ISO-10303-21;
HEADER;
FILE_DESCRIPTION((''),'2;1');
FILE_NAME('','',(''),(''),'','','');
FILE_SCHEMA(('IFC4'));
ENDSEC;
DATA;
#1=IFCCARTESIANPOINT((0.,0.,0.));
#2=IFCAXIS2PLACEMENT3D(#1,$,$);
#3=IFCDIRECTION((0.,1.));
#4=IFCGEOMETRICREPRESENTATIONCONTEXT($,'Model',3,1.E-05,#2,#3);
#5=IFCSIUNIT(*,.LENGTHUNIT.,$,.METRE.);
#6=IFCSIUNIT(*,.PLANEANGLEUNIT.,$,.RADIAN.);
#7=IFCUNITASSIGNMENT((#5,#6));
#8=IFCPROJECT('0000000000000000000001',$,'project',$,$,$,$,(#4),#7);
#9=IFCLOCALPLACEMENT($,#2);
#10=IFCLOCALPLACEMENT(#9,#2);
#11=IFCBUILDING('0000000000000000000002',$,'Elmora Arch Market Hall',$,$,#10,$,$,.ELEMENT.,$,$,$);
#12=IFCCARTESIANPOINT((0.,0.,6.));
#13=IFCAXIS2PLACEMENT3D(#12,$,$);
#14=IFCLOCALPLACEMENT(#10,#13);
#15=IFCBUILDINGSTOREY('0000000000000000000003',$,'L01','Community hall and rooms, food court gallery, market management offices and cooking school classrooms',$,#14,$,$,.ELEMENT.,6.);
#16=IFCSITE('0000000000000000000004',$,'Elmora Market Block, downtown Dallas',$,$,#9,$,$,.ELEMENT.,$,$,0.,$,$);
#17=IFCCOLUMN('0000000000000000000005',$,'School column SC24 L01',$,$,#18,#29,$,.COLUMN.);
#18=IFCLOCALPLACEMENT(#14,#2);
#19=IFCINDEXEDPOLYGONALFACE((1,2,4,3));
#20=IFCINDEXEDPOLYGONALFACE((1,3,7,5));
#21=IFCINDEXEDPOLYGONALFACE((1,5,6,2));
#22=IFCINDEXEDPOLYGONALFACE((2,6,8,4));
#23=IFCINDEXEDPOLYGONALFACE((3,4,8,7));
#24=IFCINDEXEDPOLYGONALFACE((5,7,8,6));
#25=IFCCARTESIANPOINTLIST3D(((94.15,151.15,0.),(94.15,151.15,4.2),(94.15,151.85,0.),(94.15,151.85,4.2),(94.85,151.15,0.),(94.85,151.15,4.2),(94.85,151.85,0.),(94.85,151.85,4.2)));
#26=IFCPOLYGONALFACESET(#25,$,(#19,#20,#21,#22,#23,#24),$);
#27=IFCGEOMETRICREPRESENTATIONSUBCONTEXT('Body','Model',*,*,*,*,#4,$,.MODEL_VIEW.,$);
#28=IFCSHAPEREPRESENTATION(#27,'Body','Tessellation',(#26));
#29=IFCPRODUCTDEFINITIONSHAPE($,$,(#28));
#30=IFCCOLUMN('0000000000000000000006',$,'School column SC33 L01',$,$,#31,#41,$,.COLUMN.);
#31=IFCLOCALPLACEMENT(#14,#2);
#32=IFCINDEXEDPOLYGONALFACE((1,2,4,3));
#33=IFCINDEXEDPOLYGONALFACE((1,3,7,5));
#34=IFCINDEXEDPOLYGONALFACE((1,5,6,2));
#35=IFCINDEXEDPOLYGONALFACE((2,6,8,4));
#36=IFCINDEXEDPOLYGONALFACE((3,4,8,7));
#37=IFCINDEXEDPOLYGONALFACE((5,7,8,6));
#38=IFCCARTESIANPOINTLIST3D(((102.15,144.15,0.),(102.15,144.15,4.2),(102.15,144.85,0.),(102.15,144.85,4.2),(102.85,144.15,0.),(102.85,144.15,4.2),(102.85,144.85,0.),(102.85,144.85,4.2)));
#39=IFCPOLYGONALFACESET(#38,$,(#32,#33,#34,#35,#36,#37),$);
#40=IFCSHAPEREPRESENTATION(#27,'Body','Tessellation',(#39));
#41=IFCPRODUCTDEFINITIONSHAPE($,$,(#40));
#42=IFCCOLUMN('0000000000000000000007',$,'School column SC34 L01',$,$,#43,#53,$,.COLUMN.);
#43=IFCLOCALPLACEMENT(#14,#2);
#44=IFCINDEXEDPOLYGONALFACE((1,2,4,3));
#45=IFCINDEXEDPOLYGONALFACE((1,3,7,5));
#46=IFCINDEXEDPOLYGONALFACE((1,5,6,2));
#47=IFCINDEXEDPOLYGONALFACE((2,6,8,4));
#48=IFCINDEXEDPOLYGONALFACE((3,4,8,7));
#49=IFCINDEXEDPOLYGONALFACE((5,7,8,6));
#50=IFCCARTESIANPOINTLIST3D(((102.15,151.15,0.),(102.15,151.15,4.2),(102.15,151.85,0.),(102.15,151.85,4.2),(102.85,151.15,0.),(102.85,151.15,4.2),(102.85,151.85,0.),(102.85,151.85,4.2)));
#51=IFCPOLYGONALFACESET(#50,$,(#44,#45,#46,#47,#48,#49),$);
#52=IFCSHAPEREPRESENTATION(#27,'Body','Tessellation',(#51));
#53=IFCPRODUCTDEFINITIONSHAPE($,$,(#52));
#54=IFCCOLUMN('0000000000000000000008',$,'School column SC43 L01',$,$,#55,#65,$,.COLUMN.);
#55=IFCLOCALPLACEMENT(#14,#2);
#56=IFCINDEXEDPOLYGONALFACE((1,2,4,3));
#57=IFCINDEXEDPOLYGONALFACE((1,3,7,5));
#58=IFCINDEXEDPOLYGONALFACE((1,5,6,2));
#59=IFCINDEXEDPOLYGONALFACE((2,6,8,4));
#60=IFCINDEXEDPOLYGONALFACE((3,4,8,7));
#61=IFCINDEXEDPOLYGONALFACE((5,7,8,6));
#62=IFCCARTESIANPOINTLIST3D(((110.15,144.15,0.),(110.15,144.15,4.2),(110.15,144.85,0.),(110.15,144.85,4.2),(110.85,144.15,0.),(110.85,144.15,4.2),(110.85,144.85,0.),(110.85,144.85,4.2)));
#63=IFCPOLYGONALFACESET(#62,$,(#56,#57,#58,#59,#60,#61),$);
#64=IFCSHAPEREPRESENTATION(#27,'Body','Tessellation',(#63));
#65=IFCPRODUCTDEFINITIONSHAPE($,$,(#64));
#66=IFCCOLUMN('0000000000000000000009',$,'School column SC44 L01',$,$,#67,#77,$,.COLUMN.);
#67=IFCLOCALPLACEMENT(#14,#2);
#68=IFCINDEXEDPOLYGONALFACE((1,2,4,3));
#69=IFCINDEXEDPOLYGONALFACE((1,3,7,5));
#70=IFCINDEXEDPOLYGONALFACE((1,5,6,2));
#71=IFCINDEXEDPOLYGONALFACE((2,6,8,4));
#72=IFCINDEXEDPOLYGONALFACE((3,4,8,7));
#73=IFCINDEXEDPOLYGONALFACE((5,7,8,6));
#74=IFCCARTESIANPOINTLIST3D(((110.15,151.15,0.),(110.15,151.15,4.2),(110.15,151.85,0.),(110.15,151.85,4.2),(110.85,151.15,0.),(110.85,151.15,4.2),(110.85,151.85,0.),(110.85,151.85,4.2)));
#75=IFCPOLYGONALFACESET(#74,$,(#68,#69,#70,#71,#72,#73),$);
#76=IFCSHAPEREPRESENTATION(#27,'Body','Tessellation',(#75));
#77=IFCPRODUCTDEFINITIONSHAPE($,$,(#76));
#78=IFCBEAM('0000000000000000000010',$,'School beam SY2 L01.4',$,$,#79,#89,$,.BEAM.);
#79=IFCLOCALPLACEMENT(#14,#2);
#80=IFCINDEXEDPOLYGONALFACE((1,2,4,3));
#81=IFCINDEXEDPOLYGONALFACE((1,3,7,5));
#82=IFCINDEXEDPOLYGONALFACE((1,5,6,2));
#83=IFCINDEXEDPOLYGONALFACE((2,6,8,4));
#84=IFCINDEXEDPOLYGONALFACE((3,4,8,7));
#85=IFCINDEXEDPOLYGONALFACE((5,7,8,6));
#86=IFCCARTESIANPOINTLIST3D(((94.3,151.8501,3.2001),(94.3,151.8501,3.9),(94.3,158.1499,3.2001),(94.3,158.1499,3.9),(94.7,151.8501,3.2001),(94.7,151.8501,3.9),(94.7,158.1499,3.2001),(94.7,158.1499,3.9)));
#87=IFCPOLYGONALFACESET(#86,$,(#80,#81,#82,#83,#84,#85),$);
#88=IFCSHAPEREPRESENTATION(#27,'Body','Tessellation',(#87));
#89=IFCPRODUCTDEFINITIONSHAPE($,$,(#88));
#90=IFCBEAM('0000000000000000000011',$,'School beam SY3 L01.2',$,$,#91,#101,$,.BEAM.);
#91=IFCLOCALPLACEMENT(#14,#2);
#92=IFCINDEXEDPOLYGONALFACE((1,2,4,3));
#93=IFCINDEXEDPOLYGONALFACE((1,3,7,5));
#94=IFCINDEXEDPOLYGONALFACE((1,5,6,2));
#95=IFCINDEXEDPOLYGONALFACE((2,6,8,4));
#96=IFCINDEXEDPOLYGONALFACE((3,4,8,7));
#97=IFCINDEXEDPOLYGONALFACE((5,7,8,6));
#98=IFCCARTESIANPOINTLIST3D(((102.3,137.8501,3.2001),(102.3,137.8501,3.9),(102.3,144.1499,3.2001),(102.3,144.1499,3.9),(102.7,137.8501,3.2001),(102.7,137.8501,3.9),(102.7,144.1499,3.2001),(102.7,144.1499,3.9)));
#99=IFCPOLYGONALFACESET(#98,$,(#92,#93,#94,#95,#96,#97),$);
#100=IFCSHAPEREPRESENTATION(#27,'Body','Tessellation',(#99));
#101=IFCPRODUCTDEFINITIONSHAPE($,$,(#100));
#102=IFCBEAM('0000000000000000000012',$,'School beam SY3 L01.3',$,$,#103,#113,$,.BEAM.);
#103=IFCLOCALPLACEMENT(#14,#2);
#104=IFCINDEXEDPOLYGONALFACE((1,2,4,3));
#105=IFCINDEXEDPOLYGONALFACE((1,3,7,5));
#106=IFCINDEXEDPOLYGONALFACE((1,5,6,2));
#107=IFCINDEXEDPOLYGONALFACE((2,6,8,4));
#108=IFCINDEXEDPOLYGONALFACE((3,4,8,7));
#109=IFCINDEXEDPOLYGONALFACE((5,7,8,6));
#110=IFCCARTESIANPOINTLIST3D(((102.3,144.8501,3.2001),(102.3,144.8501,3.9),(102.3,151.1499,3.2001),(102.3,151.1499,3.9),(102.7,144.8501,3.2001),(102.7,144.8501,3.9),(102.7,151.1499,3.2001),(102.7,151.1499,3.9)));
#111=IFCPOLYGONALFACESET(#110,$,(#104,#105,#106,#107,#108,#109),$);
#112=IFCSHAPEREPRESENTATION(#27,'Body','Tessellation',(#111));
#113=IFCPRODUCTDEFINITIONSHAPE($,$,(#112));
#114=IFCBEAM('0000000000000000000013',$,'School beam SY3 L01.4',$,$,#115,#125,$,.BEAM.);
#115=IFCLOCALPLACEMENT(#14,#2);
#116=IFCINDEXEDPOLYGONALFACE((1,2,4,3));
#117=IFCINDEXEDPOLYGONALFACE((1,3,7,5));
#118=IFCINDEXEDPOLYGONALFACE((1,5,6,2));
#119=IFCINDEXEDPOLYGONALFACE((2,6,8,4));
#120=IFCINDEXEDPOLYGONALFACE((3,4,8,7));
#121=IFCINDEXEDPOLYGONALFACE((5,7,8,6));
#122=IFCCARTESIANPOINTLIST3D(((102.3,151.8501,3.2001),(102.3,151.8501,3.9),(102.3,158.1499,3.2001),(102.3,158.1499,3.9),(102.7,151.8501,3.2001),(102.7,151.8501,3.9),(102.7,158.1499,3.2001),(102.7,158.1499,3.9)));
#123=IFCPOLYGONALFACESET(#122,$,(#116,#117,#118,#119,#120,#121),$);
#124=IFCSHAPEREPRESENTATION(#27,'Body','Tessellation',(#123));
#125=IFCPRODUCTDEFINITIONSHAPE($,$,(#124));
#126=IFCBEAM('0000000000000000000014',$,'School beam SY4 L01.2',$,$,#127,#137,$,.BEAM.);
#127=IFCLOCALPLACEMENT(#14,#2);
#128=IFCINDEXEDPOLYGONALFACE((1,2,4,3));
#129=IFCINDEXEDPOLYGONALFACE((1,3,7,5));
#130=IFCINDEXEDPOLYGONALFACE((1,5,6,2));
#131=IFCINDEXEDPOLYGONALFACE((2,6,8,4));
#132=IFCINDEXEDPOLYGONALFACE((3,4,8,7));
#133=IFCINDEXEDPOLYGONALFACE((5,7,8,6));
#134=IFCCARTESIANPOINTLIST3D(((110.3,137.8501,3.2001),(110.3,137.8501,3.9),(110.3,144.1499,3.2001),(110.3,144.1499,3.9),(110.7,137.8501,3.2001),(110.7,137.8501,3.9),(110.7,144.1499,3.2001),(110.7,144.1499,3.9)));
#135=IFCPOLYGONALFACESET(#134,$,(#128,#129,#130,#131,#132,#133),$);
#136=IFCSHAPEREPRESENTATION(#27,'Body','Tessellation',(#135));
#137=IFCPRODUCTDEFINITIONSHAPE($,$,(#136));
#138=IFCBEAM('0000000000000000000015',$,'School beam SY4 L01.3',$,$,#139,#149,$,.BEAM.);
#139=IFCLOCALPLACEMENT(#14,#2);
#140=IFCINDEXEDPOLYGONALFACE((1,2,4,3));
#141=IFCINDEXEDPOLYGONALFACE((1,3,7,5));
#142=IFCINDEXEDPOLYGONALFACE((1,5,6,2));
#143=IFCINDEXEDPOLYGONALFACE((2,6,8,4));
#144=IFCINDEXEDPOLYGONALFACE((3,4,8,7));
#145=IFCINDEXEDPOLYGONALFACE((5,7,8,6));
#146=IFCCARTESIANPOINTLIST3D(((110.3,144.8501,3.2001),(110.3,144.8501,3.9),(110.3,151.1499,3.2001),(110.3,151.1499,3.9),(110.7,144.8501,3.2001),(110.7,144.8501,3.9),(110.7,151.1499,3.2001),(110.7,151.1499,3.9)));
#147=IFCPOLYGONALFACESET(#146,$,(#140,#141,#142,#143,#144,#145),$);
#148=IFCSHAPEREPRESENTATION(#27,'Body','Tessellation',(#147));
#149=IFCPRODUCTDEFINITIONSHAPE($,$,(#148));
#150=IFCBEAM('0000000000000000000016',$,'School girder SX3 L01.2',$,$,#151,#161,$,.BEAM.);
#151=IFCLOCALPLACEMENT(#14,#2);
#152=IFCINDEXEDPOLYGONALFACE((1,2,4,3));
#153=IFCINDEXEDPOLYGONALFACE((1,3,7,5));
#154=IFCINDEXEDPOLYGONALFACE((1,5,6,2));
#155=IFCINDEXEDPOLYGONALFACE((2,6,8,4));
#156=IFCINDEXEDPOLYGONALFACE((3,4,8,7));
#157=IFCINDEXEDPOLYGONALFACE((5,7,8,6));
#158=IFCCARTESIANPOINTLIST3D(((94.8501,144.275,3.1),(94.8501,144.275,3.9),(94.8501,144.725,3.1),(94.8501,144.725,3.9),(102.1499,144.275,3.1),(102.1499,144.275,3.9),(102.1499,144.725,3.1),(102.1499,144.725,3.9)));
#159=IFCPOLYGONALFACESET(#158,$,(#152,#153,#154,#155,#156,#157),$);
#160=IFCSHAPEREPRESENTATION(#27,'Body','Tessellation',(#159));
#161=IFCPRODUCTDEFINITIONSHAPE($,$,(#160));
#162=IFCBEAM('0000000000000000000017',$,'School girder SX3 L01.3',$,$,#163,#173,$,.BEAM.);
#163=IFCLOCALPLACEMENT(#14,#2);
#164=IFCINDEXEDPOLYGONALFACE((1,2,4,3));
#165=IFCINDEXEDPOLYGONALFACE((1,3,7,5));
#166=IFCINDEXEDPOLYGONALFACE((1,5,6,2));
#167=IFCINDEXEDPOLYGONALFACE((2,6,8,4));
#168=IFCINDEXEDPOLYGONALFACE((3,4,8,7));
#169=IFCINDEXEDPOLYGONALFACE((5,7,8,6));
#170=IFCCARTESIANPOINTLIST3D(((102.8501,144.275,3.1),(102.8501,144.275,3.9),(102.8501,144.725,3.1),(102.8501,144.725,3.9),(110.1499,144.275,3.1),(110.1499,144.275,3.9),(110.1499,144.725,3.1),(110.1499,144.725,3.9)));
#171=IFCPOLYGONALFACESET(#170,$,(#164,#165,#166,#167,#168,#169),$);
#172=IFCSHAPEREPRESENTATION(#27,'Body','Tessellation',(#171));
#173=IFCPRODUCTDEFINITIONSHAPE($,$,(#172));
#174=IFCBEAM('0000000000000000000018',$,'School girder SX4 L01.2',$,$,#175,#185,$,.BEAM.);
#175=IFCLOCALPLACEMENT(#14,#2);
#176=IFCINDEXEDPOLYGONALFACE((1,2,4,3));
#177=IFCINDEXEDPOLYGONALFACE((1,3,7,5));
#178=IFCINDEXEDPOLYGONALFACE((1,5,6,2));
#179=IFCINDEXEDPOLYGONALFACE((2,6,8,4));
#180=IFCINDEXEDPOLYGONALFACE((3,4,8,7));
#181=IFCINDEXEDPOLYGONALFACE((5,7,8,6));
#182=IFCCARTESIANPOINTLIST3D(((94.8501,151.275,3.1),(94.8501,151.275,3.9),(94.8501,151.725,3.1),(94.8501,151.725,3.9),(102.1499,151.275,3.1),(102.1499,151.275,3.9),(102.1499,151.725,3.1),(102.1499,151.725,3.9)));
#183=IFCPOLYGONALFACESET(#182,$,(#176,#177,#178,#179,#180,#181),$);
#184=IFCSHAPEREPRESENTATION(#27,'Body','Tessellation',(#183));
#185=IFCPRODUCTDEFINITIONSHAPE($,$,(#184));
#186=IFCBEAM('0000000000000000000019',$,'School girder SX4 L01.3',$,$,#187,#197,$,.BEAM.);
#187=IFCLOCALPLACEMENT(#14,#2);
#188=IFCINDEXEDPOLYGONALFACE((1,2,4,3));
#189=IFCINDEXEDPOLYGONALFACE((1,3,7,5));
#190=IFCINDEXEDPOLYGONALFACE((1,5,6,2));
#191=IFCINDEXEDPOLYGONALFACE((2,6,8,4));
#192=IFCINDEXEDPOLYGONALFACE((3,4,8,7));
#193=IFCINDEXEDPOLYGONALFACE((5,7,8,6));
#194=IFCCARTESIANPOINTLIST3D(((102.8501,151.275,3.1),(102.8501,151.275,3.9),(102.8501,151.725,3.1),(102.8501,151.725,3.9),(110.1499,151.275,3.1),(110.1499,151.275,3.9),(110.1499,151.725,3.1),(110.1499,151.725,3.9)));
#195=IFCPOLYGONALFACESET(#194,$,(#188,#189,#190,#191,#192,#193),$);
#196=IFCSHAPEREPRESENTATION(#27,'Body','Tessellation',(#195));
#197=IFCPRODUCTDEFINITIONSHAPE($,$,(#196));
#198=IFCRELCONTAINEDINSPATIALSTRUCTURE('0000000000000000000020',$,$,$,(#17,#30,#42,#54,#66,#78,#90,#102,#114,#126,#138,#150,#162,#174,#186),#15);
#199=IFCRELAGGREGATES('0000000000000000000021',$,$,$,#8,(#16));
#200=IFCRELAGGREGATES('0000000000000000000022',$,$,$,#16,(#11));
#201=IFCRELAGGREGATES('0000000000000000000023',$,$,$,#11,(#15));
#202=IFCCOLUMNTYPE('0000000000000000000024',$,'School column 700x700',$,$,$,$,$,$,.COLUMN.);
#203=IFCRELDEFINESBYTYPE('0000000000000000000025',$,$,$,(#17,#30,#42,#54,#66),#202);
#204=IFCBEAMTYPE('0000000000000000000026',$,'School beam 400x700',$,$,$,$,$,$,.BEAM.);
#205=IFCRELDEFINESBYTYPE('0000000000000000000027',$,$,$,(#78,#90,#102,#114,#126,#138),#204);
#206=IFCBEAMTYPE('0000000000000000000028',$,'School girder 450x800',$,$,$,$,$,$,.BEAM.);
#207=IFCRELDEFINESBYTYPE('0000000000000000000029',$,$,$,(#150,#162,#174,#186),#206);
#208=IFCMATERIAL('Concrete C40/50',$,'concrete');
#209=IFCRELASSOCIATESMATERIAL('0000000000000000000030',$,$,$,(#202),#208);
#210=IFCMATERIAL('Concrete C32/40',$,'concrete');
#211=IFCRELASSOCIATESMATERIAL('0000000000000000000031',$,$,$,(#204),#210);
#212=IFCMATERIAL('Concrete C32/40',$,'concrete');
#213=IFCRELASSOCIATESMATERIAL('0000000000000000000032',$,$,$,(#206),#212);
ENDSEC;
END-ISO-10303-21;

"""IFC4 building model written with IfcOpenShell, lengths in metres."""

from ifc_helpers import new_model, si_unit, direction, frame, origin, origin_2d, place, context, subcontext, project, spatial, rectangle, extrude, material, material_profile, profile_set, type_object, element, save


model = new_model("IFC4")

# Units and contexts
model_context = context("Model", 3, precision=1e-05, world=origin(), true_north=direction((0.0, 1.0)))
body_context = subcontext(model_context, "Body", "Model", "MODEL_VIEW")
ifc_project = project(units=[si_unit("LENGTHUNIT", "METRE"), si_unit("PLANEANGLEUNIT", "RADIAN")], contexts=[model_context])

# Site, building, storey
site_placement = place(None, origin())
site = spatial("IfcSite", under=ifc_project, at=site_placement, Name="Elmora Market Block, downtown Dallas", CompositionType="ELEMENT", RefElevation=0.0)
building_placement = place(site_placement, origin())
building = spatial("IfcBuilding", under=site, at=building_placement, Name="Elmora Arch Market Hall", CompositionType="ELEMENT")
storey_placement = place(building_placement, frame((0.0, 0.0, 6.0)))
storey = spatial("IfcBuildingStorey", under=building, at=storey_placement, Name="L01", Description="Community hall and rooms, food court gallery, market management offices and cooking school classrooms", CompositionType="ELEMENT", Elevation=6.0)

# Columns
ifc_material_1 = material(Name="Concrete C40/50", Category="concrete")
ifc_material_profile_1 = material_profile(ifc_material_1, rectangle(XDim=0.7, YDim=0.7, at=origin_2d()), Name="School column 700x700")
ifc_profile_set_1 = profile_set([ifc_material_profile_1], Name="Concrete C40/50")
column_type = type_object("IfcColumnType", Name="School column 700x700", PredefinedType="COLUMN", material=ifc_profile_set_1)
for number, where, z_axis, x_axis, name in (
    (1, (94.5, 151.5, 0.0), (0.0, 0.0, 1.0), (1.0, 0.0, 0.0), "School column SC24 L01"),
    (2, (102.5, 144.5, 0.0), (0.0, 0.0, 1.0), (1.0, 0.0, 0.0), "School column SC33 L01"),
    (3, (102.5, 151.5, 0.0), (0.0, 0.0, 1.0), (1.0, 0.0, 0.0), "School column SC34 L01"),
    (4, (110.5, 144.5, 0.0), (0.0, 0.0, 1.0), (1.0, 0.0, 0.0), "School column SC43 L01"),
    (5, (110.5, 151.5, 0.0), (0.0, 0.0, 1.0), (1.0, 0.0, 0.0), "School column SC44 L01"),
):
    element("IfcColumn", number, at=place(storey_placement, frame(where, z_axis=z_axis, x_axis=x_axis)), inside=storey, type_object=column_type, Name=name, PredefinedType="COLUMN", context=body_context, shape_type="SweptSolid", body=[
        extrude(rectangle(XDim=0.7, YDim=0.7, at=origin_2d()), origin(), (0.0, 0.0, 1.0), 4.2),
    ])

# Beams
ifc_material_2 = material(Name="Concrete C32/40", Category="concrete")
ifc_material_profile_2 = material_profile(ifc_material_2, rectangle(XDim=0.3999, YDim=0.7, at=origin_2d()), Name="School beam 400x700")
ifc_profile_set_2 = profile_set([ifc_material_profile_2], Name="Concrete C32/40")
beam_type_1 = type_object("IfcBeamType", Name="School beam 400x700", PredefinedType="BEAM", material=ifc_profile_set_2)
for number, where, z_axis, x_axis, name in (
    (6, (94.5, 151.8501, 3.55), (0.0, 1.0, 0.0), (-1.0, 0.0, 0.0), "School beam SY2 L01.4"),
    (7, (102.5, 137.8501, 3.55), (0.0, 1.0, 0.0), (-1.0, 0.0, 0.0), "School beam SY3 L01.2"),
    (8, (102.5, 144.8501, 3.55), (0.0, 1.0, 0.0), (-1.0, 0.0, 0.0), "School beam SY3 L01.3"),
    (9, (102.5, 151.8501, 3.55), (0.0, 1.0, 0.0), (-1.0, 0.0, 0.0), "School beam SY3 L01.4"),
    (10, (110.5, 137.8501, 3.55), (0.0, 1.0, 0.0), (-1.0, 0.0, 0.0), "School beam SY4 L01.2"),
    (11, (110.5, 144.8501, 3.55), (0.0, 1.0, 0.0), (-1.0, 0.0, 0.0), "School beam SY4 L01.3"),
):
    element("IfcBeam", number, at=place(storey_placement, frame(where, z_axis=z_axis, x_axis=x_axis)), inside=storey, type_object=beam_type_1, Name=name, PredefinedType="BEAM", context=body_context, shape_type="SweptSolid", body=[
        extrude(rectangle(XDim=0.3999, YDim=0.7, at=origin_2d()), origin(), (0.0, 0.0, 1.0), 6.2998),
    ])
ifc_material_3 = material(Name="Concrete C32/40", Category="concrete")
ifc_material_profile_3 = material_profile(ifc_material_3, rectangle(XDim=0.45, YDim=0.8, at=origin_2d()), Name="School girder 450x800")
ifc_profile_set_3 = profile_set([ifc_material_profile_3], Name="Concrete C32/40")
beam_type_2 = type_object("IfcBeamType", Name="School girder 450x800", PredefinedType="BEAM", material=ifc_profile_set_3)
for number, where, z_axis, x_axis, name in (
    (12, (94.8501, 144.5, 3.5), (1.0, 0.0, 0.0), (0.0, 1.0, 0.0), "School girder SX3 L01.2"),
    (13, (102.8501, 144.5, 3.5), (1.0, 0.0, 0.0), (0.0, 1.0, 0.0), "School girder SX3 L01.3"),
    (14, (94.8501, 151.5, 3.5), (1.0, 0.0, 0.0), (0.0, 1.0, 0.0), "School girder SX4 L01.2"),
    (15, (102.8501, 151.5, 3.5), (1.0, 0.0, 0.0), (0.0, 1.0, 0.0), "School girder SX4 L01.3"),
):
    element("IfcBeam", number, at=place(storey_placement, frame(where, z_axis=z_axis, x_axis=x_axis)), inside=storey, type_object=beam_type_2, Name=name, PredefinedType="BEAM", context=body_context, shape_type="SweptSolid", body=[
        extrude(rectangle(XDim=0.45, YDim=0.8, at=origin_2d()), origin(), (0.0, 0.0, 1.0), 7.2998),
    ])

save(model, "model.ifc")
